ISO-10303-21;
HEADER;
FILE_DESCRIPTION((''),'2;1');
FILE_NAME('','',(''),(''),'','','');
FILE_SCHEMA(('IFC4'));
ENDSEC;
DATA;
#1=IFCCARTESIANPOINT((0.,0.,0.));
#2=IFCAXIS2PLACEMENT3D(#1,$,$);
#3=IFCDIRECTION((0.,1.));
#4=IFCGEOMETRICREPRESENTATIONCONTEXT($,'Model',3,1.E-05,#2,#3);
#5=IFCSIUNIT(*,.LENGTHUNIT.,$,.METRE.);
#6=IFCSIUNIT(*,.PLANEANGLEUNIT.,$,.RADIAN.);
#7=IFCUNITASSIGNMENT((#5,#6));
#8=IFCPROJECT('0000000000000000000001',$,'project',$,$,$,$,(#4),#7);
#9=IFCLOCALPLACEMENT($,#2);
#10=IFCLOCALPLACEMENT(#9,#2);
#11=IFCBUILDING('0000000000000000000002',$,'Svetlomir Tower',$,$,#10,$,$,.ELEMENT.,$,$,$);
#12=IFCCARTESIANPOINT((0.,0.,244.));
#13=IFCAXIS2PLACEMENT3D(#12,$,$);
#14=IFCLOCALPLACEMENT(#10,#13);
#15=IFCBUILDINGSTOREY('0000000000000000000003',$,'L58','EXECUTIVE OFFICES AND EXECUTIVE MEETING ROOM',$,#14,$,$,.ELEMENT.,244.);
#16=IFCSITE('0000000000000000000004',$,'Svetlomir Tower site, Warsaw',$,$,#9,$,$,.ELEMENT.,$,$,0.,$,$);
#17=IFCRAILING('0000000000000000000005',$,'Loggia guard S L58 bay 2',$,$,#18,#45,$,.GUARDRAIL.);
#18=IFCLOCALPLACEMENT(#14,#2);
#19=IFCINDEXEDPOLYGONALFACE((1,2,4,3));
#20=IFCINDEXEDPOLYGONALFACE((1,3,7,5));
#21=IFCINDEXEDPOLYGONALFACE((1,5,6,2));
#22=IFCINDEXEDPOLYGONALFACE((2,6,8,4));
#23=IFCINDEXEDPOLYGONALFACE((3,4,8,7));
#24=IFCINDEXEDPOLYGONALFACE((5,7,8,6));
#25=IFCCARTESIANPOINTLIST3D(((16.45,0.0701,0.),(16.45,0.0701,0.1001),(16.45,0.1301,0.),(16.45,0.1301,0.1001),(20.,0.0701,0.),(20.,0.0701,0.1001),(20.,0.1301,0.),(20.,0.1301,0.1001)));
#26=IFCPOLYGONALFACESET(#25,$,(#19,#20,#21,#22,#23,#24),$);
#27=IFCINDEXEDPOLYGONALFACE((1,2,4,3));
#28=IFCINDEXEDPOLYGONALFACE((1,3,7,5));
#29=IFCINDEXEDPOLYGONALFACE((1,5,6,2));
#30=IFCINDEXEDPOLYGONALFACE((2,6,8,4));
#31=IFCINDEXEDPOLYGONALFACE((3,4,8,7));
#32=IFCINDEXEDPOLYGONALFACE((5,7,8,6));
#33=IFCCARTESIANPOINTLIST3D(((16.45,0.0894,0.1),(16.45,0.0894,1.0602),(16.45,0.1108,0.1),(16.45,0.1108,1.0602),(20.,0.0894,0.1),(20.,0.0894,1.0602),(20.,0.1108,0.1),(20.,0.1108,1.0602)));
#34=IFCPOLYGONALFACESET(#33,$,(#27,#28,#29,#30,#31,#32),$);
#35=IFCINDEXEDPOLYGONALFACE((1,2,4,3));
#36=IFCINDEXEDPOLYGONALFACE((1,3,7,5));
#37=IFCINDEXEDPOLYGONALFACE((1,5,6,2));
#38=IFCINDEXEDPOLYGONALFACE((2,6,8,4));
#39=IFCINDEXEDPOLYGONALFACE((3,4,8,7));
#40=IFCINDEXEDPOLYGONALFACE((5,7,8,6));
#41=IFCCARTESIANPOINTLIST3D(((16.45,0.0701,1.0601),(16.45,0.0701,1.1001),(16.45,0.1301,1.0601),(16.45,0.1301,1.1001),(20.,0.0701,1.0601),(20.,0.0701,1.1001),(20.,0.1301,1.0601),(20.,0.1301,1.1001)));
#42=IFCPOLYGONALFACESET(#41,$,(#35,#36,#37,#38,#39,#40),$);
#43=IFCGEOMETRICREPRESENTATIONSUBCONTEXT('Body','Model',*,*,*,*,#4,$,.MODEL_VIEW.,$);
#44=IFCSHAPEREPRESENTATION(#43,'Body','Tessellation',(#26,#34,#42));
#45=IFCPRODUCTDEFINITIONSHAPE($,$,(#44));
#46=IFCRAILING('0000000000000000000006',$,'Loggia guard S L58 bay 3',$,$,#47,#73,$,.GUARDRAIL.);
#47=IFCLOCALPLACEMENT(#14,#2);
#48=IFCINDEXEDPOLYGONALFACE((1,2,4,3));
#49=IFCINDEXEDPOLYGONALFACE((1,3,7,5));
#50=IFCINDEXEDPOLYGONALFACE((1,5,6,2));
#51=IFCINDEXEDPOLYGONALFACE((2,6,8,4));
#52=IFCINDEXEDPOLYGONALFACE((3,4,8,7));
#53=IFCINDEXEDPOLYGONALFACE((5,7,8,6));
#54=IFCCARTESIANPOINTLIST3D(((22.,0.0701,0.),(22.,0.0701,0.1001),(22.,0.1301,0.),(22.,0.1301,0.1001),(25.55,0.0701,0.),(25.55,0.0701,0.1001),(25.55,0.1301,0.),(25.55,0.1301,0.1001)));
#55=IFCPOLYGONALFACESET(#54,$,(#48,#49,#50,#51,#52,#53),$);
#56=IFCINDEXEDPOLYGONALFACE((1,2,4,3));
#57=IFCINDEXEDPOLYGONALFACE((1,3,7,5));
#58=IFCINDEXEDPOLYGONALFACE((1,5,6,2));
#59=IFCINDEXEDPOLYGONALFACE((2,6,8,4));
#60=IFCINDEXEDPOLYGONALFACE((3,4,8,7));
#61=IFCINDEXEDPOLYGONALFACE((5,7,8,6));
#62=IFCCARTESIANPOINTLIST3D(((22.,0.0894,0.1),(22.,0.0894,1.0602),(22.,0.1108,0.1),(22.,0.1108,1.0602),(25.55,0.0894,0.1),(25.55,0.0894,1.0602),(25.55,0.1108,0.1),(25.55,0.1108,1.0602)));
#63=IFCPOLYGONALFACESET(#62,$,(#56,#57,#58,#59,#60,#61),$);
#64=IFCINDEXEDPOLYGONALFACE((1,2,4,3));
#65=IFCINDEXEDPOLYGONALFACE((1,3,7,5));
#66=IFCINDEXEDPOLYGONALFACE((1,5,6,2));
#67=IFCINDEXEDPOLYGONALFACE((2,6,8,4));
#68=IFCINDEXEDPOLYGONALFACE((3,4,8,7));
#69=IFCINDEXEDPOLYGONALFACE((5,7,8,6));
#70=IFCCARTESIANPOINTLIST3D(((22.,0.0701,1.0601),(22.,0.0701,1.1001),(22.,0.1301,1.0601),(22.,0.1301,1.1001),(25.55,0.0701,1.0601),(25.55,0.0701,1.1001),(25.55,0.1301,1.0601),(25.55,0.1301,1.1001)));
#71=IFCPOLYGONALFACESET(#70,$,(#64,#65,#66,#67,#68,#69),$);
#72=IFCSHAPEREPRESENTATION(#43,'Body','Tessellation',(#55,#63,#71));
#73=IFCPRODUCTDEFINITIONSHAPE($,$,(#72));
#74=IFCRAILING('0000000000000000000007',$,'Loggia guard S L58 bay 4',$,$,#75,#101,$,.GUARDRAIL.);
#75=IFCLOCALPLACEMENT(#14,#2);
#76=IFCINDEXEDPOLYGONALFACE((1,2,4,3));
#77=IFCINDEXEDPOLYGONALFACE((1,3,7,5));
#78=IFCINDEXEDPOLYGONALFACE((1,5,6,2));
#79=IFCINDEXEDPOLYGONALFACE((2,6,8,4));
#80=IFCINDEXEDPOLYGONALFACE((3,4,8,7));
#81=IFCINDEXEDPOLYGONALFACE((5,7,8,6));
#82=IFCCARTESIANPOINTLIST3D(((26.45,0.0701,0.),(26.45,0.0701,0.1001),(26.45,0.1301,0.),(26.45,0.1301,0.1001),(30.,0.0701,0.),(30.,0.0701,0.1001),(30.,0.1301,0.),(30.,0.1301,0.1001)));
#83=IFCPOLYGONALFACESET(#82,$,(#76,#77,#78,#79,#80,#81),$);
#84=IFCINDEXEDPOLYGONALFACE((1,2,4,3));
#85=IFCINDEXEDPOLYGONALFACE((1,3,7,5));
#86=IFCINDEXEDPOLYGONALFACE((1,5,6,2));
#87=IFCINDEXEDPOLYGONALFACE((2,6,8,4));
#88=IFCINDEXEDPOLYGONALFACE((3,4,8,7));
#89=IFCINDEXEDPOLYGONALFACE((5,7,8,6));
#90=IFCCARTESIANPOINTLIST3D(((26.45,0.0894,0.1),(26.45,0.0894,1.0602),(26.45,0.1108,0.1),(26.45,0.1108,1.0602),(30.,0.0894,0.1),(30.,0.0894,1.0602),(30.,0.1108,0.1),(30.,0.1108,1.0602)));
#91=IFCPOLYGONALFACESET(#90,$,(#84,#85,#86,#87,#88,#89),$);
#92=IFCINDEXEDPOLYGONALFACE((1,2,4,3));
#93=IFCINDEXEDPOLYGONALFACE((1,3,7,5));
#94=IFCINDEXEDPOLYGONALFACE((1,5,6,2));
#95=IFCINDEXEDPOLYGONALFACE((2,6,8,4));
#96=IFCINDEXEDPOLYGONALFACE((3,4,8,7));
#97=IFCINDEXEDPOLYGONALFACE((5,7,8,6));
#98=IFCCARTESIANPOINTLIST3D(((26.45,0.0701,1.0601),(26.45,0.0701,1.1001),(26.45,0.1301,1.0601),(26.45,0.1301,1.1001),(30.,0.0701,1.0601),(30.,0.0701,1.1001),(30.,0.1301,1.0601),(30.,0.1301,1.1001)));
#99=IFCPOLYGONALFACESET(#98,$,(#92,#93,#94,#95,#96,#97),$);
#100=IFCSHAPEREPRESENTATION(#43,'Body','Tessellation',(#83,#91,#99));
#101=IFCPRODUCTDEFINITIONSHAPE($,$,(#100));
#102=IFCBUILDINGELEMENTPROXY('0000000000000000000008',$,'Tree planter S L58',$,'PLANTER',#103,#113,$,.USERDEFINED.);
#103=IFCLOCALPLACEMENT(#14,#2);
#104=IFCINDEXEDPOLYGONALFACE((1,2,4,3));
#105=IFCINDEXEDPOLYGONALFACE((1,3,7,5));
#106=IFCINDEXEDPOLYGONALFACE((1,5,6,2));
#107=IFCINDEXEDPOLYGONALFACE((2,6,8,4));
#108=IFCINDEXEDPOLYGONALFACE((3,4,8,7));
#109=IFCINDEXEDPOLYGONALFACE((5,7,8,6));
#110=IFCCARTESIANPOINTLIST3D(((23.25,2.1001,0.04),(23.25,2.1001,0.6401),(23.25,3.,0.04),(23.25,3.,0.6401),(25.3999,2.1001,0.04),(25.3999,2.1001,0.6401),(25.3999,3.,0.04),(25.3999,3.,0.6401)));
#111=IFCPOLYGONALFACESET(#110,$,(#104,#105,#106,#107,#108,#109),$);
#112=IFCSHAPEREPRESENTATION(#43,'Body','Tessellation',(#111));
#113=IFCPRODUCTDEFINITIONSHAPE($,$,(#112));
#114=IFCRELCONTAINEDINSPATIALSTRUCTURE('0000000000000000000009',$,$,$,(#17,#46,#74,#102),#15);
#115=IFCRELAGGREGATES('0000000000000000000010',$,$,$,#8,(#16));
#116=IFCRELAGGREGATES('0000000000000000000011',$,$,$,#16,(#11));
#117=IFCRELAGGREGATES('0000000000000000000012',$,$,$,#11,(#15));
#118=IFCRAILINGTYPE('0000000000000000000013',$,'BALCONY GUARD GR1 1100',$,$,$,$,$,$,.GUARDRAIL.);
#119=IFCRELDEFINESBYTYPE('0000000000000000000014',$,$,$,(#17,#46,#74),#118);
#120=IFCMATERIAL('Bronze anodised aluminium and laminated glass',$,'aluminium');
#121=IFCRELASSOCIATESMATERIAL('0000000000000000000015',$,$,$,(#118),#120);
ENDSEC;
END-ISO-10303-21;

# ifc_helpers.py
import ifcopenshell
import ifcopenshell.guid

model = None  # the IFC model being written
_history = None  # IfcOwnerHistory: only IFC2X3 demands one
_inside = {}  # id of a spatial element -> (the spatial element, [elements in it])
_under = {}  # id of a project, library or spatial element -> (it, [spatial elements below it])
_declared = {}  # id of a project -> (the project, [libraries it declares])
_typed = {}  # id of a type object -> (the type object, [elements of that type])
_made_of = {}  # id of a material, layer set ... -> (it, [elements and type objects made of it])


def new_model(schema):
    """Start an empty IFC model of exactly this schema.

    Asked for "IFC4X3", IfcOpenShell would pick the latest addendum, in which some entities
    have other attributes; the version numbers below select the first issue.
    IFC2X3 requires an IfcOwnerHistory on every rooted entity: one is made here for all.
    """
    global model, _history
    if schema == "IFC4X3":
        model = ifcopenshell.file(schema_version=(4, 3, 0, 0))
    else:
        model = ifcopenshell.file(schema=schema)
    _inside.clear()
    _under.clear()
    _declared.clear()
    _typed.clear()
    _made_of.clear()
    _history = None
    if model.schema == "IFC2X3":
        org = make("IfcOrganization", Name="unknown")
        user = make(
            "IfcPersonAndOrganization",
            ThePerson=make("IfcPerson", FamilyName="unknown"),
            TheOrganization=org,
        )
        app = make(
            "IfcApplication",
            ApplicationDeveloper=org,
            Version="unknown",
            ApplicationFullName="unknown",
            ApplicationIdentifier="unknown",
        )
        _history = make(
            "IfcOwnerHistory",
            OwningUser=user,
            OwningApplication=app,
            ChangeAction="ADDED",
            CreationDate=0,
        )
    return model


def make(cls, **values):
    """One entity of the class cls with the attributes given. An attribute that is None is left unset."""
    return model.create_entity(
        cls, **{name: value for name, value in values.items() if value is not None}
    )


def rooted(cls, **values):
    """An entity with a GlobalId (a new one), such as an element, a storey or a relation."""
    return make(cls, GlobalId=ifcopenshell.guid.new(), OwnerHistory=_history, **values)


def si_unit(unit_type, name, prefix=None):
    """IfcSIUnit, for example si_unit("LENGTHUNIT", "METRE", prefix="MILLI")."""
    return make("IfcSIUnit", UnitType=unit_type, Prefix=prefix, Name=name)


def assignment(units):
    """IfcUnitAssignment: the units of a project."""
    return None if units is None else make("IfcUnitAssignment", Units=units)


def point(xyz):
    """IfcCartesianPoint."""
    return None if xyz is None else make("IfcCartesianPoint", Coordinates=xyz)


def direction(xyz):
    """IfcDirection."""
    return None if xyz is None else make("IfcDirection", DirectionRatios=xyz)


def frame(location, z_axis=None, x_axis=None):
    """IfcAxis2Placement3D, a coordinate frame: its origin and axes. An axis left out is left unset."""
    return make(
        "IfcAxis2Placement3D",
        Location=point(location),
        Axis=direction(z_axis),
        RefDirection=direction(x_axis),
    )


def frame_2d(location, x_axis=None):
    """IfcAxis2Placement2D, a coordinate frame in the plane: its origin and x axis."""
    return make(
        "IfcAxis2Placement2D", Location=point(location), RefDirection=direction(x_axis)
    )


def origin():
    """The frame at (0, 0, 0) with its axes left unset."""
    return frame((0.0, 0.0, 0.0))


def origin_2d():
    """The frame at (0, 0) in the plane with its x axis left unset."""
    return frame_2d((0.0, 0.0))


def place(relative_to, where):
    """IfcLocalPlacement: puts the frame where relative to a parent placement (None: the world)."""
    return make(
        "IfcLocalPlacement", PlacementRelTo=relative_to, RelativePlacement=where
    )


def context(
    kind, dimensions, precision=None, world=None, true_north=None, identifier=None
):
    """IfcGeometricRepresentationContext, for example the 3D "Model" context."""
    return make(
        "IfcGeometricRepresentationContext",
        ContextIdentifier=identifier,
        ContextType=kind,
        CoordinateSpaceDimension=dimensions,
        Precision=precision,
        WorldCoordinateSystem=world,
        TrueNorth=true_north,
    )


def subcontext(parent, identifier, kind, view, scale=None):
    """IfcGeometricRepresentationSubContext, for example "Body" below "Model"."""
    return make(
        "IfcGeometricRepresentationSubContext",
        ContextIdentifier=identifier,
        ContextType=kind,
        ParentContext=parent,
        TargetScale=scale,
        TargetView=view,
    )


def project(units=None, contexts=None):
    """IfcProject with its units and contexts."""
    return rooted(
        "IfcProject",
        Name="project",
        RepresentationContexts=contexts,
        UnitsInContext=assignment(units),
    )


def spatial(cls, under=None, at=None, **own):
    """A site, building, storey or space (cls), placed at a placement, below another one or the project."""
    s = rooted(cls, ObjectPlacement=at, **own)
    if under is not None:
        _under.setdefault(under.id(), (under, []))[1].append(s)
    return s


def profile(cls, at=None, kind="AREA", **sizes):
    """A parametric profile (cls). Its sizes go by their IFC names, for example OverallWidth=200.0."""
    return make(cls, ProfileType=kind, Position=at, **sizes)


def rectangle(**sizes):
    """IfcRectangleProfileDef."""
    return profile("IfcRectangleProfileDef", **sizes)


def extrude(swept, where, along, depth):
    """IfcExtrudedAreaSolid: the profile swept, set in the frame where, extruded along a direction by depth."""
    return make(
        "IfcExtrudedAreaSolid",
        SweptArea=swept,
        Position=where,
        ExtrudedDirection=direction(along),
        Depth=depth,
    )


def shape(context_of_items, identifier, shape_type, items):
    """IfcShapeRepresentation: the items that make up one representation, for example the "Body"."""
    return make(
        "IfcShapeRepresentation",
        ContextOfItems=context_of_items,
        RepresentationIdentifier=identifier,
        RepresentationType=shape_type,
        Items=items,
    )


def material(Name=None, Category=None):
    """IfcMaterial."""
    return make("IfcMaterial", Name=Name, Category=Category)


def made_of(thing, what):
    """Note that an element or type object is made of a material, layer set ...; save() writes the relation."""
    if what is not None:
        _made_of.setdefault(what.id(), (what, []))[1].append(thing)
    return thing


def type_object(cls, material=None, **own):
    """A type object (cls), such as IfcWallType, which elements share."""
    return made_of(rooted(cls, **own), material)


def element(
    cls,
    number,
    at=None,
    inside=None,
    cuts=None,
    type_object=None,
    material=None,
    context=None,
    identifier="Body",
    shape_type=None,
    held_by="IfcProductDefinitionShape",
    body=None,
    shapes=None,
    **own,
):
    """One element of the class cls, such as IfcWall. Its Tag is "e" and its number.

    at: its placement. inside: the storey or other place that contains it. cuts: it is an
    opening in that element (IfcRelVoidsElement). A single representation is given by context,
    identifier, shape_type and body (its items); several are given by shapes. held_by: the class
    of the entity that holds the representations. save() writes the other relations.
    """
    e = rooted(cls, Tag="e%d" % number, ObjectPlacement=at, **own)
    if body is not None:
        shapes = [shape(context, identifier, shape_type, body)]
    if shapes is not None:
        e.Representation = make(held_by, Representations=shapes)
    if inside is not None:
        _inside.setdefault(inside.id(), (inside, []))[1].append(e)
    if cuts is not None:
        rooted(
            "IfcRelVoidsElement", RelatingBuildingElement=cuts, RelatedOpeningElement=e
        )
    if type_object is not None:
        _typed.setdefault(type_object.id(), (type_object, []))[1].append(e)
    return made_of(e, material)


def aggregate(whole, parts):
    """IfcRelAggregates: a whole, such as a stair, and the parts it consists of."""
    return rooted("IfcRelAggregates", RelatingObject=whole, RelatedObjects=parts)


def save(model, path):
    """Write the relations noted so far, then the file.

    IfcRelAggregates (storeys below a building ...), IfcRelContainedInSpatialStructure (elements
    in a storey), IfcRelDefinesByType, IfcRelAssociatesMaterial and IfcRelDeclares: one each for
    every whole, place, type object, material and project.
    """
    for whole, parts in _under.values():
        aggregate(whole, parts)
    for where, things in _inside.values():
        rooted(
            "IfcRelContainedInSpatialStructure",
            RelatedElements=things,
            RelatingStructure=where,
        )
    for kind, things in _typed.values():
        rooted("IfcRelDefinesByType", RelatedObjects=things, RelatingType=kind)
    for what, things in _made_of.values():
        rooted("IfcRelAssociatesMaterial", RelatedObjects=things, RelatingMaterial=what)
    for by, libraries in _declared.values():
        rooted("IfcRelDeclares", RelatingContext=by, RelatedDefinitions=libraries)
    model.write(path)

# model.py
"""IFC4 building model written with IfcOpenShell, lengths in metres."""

from ifc_helpers import new_model, si_unit, direction, frame, origin, origin_2d, place, context, subcontext, project, spatial, rectangle, extrude, material, type_object, element, save


model = new_model("IFC4")

# Units and contexts
model_context = context("Model", 3, precision=1e-05, world=origin(), true_north=direction((0.0, 1.0)))
body_context = subcontext(model_context, "Body", "Model", "MODEL_VIEW")
ifc_project = project(units=[si_unit("LENGTHUNIT", "METRE"), si_unit("PLANEANGLEUNIT", "RADIAN")], contexts=[model_context])

# Site, building, storey
site_placement = place(None, origin())
site = spatial("IfcSite", under=ifc_project, at=site_placement, Name="Svetlomir Tower site, Warsaw", CompositionType="ELEMENT", RefElevation=0.0)
building_placement = place(site_placement, origin())
building = spatial("IfcBuilding", under=site, at=building_placement, Name="Svetlomir Tower", CompositionType="ELEMENT")
storey_placement = place(building_placement, frame((0.0, 0.0, 244.0)))
storey = spatial("IfcBuildingStorey", under=building, at=storey_placement, Name="L58", Description="EXECUTIVE OFFICES AND EXECUTIVE MEETING ROOM", CompositionType="ELEMENT", Elevation=244.0)

# Railings
ifc_material_1 = material(Name="Bronze anodised aluminium and laminated glass", Category="aluminium")
railing_type = type_object("IfcRailingType", Name="BALCONY GUARD GR1 1100", PredefinedType="GUARDRAIL", material=ifc_material_1)
for number, where, name in (
    (1, (16.45, 0.1001, 0.0), "Loggia guard S L58 bay 2"),
    (2, (22.0, 0.1001, 0.0), "Loggia guard S L58 bay 3"),
    (3, (26.45, 0.1001, 0.0), "Loggia guard S L58 bay 4"),
):
    element("IfcRailing", number, at=place(storey_placement, frame(where)), inside=storey, type_object=railing_type, Name=name, PredefinedType="GUARDRAIL", context=body_context, shape_type="SweptSolid", body=[
        extrude(rectangle(XDim=0.0601, YDim=0.1001, at=origin_2d()), frame((0.0, 0.0, 0.05), z_axis=(1.0, 0.0, 0.0), x_axis=(0.0, 1.0, 0.0)), (0.0, 0.0, 1.0), 3.55),
        extrude(rectangle(XDim=0.0215, YDim=0.9602, at=origin_2d()), frame((0.0, 0.0, 0.5801), z_axis=(1.0, 0.0, 0.0), x_axis=(0.0, 1.0, 0.0)), (0.0, 0.0, 1.0), 3.55),
        extrude(rectangle(XDim=0.0601, YDim=0.04, at=origin_2d()), frame((0.0, 0.0, 1.0801), z_axis=(1.0, 0.0, 0.0), x_axis=(0.0, 1.0, 0.0)), (0.0, 0.0, 1.0), 3.55),
    ])

# Building element proxy
proxy_placement = place(storey_placement, frame((24.325, 2.55, 0.04), z_axis=(0.0, 0.0, 1.0), x_axis=(1.0, 0.0, 0.0)))
element("IfcBuildingElementProxy", 4, at=proxy_placement, inside=storey, Name="Tree planter S L58", ObjectType="PLANTER", PredefinedType="USERDEFINED", context=body_context, shape_type="SweptSolid", body=[
    extrude(rectangle(XDim=2.1499, YDim=0.8999, at=origin_2d()), origin(), (0.0, 0.0, 1.0), 0.6001),
])

save(model, "model.ifc")
